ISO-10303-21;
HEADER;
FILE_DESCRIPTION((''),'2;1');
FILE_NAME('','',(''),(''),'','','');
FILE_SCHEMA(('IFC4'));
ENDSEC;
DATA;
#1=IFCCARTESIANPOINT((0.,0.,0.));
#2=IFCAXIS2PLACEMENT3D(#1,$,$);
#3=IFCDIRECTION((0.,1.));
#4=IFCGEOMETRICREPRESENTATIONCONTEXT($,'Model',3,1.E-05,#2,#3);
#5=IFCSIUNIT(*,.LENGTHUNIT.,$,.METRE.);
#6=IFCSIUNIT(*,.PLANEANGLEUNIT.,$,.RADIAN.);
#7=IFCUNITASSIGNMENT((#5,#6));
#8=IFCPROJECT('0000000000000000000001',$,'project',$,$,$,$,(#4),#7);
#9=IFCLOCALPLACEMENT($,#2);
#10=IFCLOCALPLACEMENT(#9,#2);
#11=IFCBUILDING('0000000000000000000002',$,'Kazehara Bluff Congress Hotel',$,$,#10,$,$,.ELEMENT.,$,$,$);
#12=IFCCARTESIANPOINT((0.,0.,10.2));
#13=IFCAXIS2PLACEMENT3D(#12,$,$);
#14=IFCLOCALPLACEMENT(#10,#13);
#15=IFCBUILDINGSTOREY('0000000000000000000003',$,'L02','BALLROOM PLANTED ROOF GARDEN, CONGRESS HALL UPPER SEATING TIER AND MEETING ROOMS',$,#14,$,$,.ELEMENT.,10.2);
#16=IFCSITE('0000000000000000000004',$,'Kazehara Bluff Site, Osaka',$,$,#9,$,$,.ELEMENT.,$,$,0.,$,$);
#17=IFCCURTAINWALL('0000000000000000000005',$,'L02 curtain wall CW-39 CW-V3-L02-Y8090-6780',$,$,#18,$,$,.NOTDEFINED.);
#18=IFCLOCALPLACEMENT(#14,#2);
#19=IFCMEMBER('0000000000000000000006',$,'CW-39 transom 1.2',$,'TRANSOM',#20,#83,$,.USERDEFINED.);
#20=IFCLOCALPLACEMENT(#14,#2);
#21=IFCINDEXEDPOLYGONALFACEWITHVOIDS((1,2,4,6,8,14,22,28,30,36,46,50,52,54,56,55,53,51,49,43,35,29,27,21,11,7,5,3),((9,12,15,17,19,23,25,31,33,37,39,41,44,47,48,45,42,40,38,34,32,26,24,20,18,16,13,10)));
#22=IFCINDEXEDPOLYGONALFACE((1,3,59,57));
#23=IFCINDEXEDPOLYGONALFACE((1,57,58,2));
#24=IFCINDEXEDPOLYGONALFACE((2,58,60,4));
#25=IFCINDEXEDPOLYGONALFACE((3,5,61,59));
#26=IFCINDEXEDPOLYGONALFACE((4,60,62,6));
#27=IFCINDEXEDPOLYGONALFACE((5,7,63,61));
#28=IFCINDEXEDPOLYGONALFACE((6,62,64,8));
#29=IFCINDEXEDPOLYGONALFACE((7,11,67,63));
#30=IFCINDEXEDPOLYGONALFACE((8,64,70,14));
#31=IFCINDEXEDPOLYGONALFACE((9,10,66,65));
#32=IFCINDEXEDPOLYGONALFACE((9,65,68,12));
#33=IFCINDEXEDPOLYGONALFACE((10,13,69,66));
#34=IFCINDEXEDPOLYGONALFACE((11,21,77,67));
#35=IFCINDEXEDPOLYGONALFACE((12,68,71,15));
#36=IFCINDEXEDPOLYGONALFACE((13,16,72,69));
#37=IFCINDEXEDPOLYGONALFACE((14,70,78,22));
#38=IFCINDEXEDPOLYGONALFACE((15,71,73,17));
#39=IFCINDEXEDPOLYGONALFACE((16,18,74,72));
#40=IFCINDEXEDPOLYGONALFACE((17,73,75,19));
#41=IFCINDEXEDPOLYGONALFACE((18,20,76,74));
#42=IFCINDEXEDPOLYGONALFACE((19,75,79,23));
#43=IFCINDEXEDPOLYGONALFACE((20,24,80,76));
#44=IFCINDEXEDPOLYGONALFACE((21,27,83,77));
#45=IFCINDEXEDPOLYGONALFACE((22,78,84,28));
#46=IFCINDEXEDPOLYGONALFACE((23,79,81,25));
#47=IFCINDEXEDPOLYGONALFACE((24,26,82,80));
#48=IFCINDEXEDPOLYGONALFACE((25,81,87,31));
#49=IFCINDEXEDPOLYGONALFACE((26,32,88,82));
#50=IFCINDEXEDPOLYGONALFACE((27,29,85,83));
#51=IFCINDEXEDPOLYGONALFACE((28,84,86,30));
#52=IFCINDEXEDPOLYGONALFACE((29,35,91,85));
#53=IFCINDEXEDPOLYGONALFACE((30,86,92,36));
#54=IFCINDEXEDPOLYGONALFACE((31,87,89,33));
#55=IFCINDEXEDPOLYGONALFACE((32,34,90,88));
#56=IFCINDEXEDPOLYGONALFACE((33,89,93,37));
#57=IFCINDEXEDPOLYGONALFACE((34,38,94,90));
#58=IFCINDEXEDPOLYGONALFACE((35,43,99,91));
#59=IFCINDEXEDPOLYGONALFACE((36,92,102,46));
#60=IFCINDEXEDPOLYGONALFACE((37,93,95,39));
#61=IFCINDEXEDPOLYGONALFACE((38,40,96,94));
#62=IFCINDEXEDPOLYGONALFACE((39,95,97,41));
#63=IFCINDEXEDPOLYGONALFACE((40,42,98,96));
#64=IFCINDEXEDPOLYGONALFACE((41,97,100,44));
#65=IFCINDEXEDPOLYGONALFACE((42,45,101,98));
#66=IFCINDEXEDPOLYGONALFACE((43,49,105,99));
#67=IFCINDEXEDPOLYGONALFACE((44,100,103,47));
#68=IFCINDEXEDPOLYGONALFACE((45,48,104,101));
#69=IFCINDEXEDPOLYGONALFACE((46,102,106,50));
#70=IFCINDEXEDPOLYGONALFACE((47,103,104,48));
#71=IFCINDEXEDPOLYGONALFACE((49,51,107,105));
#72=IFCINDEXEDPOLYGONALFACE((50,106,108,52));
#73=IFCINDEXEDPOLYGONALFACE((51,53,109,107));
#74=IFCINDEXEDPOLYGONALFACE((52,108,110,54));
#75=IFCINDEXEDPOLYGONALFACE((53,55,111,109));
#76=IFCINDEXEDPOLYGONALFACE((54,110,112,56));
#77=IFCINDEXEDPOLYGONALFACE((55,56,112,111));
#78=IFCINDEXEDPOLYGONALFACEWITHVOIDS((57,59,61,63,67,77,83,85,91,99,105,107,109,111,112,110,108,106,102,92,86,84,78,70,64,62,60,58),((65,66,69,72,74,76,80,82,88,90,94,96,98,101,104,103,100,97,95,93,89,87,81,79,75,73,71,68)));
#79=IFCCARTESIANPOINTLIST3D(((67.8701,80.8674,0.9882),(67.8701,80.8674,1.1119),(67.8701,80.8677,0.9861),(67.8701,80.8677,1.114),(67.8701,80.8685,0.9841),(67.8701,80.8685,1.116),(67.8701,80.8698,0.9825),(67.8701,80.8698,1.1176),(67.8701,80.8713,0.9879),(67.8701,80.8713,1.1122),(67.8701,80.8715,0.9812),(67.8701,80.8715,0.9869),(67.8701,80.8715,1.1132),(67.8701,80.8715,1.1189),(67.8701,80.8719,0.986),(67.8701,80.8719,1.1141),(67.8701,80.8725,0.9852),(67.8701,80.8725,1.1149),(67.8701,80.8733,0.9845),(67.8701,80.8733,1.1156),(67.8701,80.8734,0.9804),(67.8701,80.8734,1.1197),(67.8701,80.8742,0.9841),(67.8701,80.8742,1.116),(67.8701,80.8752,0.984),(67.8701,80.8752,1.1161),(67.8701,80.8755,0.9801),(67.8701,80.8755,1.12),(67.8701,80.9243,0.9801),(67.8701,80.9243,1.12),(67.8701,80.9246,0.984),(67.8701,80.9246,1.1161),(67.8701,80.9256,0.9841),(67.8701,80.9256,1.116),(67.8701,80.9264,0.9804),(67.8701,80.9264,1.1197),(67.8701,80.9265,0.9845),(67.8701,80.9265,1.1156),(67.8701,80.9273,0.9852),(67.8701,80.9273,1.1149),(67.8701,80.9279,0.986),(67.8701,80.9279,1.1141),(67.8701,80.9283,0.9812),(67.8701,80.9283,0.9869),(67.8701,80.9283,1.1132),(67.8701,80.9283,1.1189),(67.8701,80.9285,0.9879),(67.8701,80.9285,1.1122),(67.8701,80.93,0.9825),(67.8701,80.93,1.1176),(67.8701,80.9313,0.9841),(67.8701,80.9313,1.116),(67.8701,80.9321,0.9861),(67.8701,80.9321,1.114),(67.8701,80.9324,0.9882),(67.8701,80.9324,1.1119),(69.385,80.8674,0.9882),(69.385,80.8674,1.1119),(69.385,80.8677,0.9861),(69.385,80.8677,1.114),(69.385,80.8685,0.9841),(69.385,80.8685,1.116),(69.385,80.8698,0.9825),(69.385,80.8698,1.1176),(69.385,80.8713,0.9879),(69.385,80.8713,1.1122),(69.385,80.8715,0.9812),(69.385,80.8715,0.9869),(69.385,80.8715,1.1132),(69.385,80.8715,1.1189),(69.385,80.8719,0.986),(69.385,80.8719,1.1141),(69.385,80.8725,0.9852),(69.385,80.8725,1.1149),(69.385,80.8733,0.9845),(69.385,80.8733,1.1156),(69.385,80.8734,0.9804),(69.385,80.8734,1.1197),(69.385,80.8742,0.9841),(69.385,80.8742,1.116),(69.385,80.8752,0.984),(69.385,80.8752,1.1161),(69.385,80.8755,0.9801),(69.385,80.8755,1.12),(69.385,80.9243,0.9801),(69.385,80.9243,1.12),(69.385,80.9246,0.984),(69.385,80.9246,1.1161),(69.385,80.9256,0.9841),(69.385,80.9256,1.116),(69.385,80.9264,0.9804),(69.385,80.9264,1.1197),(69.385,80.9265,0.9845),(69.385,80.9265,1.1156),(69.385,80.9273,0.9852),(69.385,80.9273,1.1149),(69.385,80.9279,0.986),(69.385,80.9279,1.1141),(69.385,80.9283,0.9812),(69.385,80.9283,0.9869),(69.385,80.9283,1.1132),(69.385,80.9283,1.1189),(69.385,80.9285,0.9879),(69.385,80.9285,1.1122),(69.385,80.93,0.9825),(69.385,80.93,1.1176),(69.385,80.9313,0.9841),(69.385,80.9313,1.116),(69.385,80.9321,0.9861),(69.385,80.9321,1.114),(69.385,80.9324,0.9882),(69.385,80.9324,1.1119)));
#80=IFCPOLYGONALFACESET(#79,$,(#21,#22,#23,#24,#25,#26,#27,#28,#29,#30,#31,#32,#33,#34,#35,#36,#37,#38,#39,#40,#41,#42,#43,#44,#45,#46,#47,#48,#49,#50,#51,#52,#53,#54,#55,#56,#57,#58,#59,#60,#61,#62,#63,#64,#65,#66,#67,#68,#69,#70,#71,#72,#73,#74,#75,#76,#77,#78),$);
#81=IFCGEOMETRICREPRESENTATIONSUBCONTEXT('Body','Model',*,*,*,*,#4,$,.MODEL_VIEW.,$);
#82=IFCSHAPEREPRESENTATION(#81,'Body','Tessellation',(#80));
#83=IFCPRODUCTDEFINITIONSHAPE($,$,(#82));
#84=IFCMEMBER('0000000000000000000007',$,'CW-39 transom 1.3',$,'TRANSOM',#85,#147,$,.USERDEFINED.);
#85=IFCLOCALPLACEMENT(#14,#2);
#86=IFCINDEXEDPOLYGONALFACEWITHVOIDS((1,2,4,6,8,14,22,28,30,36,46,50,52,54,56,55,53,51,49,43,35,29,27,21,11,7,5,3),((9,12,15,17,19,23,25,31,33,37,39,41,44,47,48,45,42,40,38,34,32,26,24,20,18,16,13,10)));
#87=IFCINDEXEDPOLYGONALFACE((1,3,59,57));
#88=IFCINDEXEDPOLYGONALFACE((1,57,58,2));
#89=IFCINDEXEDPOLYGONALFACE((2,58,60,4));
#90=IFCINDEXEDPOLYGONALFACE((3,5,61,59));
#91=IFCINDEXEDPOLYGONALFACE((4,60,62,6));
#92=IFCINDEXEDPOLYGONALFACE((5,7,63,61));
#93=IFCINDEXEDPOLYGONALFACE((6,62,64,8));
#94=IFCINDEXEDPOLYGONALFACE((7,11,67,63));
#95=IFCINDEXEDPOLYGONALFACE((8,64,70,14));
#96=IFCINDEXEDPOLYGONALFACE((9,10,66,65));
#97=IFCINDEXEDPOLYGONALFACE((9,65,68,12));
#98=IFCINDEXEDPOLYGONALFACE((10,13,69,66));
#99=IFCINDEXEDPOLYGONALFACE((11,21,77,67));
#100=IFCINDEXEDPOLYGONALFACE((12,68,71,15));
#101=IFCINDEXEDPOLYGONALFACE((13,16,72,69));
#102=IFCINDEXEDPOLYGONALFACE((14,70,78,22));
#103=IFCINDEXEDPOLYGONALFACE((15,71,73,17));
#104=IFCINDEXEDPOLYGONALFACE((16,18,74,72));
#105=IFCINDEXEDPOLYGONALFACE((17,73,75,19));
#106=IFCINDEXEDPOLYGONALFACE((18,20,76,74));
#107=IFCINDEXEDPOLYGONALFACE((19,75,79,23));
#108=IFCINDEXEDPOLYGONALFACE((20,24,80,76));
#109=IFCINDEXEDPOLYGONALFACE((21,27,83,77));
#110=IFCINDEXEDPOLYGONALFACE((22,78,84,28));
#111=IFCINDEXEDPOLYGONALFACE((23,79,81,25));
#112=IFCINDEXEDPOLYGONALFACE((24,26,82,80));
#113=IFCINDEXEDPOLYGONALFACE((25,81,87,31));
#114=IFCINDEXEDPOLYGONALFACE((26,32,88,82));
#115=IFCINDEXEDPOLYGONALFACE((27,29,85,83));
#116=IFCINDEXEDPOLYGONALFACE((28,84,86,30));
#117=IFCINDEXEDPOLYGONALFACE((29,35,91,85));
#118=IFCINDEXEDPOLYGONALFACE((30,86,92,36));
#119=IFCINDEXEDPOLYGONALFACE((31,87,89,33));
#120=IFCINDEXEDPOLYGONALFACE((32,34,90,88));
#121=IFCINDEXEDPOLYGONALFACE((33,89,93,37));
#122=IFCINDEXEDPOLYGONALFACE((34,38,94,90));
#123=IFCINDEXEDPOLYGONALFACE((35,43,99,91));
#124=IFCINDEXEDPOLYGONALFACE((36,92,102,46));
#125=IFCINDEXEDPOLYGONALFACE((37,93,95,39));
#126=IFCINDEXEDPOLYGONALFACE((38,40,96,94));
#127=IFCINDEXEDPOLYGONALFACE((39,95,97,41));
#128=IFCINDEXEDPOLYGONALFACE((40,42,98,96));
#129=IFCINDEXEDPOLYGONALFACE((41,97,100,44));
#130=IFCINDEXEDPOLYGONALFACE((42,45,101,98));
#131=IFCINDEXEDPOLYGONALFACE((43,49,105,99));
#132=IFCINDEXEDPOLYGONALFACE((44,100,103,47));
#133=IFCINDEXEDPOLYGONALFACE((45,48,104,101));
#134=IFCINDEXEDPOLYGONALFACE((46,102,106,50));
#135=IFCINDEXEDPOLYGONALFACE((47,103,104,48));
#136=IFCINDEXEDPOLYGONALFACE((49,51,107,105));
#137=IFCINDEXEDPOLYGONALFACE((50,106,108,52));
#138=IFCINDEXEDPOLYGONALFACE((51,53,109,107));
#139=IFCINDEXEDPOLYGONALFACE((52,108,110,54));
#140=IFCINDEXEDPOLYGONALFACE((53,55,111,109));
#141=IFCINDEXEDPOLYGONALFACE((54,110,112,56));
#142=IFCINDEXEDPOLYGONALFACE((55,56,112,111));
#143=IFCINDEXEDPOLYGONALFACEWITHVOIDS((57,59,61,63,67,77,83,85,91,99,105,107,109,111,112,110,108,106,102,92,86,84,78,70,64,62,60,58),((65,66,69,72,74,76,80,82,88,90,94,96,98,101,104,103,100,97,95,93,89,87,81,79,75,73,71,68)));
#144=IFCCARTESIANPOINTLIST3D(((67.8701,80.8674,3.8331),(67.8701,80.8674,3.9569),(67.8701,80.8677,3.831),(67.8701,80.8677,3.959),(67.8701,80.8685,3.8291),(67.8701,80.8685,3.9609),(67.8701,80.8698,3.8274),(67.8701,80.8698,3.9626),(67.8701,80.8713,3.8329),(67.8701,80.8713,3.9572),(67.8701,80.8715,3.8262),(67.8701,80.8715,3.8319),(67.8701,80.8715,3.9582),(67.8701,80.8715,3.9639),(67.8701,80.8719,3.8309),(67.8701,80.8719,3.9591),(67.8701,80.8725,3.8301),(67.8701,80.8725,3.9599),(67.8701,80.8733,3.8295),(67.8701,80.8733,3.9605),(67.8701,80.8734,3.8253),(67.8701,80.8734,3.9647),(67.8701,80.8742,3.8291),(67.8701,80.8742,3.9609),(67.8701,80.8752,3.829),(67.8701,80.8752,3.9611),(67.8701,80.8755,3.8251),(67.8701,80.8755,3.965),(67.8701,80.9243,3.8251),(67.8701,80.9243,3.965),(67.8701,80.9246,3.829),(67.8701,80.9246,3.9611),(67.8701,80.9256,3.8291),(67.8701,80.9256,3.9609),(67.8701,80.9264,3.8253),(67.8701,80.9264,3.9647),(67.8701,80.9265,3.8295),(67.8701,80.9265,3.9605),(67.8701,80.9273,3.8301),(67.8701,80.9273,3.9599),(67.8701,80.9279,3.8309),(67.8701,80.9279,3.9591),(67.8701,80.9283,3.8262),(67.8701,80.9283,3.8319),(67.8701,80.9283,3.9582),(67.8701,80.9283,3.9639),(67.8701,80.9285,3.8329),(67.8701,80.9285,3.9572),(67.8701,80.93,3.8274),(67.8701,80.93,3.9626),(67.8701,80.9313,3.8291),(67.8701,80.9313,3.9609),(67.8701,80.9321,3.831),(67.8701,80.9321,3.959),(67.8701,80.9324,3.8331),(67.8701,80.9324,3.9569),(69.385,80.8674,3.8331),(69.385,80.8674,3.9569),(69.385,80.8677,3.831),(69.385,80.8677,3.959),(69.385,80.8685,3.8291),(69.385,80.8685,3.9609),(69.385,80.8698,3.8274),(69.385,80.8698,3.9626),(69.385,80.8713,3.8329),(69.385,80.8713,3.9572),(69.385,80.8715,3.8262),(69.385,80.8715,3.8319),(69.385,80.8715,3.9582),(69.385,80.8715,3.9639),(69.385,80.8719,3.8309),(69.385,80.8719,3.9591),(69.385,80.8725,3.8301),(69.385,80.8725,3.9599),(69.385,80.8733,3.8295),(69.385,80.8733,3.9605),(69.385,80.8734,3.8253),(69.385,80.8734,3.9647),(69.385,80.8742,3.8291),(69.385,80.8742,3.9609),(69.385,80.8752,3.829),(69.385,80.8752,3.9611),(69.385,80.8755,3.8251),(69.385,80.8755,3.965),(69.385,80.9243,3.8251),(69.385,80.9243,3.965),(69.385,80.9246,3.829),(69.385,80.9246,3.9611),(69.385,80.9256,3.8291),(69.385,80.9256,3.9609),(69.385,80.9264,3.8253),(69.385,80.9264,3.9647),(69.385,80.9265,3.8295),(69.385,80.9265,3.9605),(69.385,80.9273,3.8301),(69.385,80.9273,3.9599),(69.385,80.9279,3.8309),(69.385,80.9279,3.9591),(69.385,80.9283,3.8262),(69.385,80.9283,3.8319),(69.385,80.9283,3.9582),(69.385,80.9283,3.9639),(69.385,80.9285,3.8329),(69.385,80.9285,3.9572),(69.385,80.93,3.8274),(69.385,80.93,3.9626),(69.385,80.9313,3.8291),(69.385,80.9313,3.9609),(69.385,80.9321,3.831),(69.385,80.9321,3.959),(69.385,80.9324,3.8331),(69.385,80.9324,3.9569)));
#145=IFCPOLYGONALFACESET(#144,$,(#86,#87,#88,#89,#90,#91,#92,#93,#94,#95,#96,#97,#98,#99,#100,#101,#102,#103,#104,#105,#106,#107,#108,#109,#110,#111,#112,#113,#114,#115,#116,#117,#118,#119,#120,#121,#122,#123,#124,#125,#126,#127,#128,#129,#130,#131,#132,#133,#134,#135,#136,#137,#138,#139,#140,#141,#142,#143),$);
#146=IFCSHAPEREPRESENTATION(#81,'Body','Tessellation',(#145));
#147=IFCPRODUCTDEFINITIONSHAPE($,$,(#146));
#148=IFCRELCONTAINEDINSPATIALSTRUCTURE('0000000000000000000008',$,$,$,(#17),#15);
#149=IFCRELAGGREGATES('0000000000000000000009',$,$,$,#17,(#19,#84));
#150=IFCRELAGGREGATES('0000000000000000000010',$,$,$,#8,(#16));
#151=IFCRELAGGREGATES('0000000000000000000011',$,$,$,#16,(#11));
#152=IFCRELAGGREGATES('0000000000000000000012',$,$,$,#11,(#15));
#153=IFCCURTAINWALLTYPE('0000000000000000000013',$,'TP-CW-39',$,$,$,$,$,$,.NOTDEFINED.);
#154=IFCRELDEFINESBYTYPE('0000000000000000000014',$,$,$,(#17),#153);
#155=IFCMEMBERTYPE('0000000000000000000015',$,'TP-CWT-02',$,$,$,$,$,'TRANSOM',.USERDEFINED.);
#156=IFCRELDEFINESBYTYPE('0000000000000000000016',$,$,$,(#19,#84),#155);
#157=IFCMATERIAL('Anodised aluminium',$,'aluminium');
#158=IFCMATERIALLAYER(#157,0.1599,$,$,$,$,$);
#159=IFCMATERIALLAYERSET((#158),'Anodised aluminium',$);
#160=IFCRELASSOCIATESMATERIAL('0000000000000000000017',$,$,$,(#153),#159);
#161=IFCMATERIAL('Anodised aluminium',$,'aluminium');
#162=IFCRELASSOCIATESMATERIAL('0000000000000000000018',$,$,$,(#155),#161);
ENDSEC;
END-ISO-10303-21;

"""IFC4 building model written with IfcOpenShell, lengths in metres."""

from ifc_helpers import new_model, si_unit, direction, frame, origin, origin_2d, place, context, subcontext, project, spatial, hollow_rectangle, extrude, material, layer, layer_set, material_profile, profile_set, type_object, element, aggregate, save


model = new_model("IFC4")

# Units and contexts
model_context = context("Model", 3, precision=1e-05, world=origin(), true_north=direction((0.0, 1.0)))
body_context = subcontext(model_context, "Body", "Model", "MODEL_VIEW")
ifc_project = project(units=[si_unit("LENGTHUNIT", "METRE"), si_unit("PLANEANGLEUNIT", "RADIAN")], contexts=[model_context])

# Site, building, storey
site_placement = place(None, origin())
site = spatial("IfcSite", under=ifc_project, at=site_placement, Name="Kazehara Bluff Site, Osaka", CompositionType="ELEMENT", RefElevation=0.0)
building_placement = place(site_placement, origin())
building = spatial("IfcBuilding", under=site, at=building_placement, Name="Kazehara Bluff Congress Hotel", CompositionType="ELEMENT")
storey_placement = place(building_placement, frame((0.0, 0.0, 10.2)))
storey = spatial("IfcBuildingStorey", under=building, at=storey_placement, Name="L02", Description="BALLROOM PLANTED ROOF GARDEN, CONGRESS HALL UPPER SEATING TIER AND MEETING ROOMS", CompositionType="ELEMENT", Elevation=10.2)

# Curtain wall
ifc_material_1 = material(Name="Anodised aluminium", Category="aluminium")
ifc_layer_1 = layer(ifc_material_1, 0.1599)
ifc_layer_set_1 = layer_set([ifc_layer_1], Name="Anodised aluminium")
curtain_wall_type_1 = type_object("IfcCurtainWallType", Name="TP-CW-39", PredefinedType="NOTDEFINED", material=ifc_layer_set_1)
curtain_wall_1_placement = place(storey_placement, origin())
curtain_wall_1 = element("IfcCurtainWall", 1, at=curtain_wall_1_placement, inside=storey, type_object=curtain_wall_type_1, Name="L02 curtain wall CW-39 CW-V3-L02-Y8090-6780", PredefinedType="NOTDEFINED")

# Members
ifc_material_2 = material(Name="Anodised aluminium", Category="aluminium")
ifc_material_profile_1 = material_profile(ifc_material_2, hollow_rectangle(XDim=0.0649, YDim=0.1399, WallThickness=0.0039, InnerFilletRadius=0.0039, OuterFilletRadius=0.0081, at=origin_2d()))
ifc_profile_set_1 = profile_set([ifc_material_profile_1], Name="Anodised aluminium")
member_type_1 = type_object("IfcMemberType", Name="TP-CWT-02", ElementType="TRANSOM", PredefinedType="USERDEFINED", material=ifc_profile_set_1)
member_1_placement = place(storey_placement, frame((67.8701, 80.8999, 1.05), z_axis=(1.0, 0.0, 0.0), x_axis=(0.0, 1.0, 0.0)))
member_1 = element("IfcMember", 2, at=member_1_placement, type_object=member_type_1, Name="CW-39 transom 1.2", ObjectType="TRANSOM", PredefinedType="USERDEFINED", context=body_context, shape_type="SweptSolid", body=[
    extrude(hollow_rectangle(XDim=0.0649, YDim=0.1399, WallThickness=0.0039, InnerFilletRadius=0.0039, OuterFilletRadius=0.0081, at=origin_2d()), origin(), (0.0, 0.0, 1.0), 1.5149),
])
member_2_placement = place(storey_placement, frame((67.8701, 80.8999, 3.895), z_axis=(1.0, 0.0, 0.0), x_axis=(0.0, 1.0, 0.0)))
member_2 = element("IfcMember", 3, at=member_2_placement, type_object=member_type_1, Name="CW-39 transom 1.3", ObjectType="TRANSOM", PredefinedType="USERDEFINED", context=body_context, shape_type="SweptSolid", body=[
    extrude(hollow_rectangle(XDim=0.0649, YDim=0.1399, WallThickness=0.0039, InnerFilletRadius=0.0039, OuterFilletRadius=0.0081, at=origin_2d()), origin(), (0.0, 0.0, 1.0), 1.5149),
])

aggregate(curtain_wall_1, [member_1, member_2])

save(model, "model.ifc")
